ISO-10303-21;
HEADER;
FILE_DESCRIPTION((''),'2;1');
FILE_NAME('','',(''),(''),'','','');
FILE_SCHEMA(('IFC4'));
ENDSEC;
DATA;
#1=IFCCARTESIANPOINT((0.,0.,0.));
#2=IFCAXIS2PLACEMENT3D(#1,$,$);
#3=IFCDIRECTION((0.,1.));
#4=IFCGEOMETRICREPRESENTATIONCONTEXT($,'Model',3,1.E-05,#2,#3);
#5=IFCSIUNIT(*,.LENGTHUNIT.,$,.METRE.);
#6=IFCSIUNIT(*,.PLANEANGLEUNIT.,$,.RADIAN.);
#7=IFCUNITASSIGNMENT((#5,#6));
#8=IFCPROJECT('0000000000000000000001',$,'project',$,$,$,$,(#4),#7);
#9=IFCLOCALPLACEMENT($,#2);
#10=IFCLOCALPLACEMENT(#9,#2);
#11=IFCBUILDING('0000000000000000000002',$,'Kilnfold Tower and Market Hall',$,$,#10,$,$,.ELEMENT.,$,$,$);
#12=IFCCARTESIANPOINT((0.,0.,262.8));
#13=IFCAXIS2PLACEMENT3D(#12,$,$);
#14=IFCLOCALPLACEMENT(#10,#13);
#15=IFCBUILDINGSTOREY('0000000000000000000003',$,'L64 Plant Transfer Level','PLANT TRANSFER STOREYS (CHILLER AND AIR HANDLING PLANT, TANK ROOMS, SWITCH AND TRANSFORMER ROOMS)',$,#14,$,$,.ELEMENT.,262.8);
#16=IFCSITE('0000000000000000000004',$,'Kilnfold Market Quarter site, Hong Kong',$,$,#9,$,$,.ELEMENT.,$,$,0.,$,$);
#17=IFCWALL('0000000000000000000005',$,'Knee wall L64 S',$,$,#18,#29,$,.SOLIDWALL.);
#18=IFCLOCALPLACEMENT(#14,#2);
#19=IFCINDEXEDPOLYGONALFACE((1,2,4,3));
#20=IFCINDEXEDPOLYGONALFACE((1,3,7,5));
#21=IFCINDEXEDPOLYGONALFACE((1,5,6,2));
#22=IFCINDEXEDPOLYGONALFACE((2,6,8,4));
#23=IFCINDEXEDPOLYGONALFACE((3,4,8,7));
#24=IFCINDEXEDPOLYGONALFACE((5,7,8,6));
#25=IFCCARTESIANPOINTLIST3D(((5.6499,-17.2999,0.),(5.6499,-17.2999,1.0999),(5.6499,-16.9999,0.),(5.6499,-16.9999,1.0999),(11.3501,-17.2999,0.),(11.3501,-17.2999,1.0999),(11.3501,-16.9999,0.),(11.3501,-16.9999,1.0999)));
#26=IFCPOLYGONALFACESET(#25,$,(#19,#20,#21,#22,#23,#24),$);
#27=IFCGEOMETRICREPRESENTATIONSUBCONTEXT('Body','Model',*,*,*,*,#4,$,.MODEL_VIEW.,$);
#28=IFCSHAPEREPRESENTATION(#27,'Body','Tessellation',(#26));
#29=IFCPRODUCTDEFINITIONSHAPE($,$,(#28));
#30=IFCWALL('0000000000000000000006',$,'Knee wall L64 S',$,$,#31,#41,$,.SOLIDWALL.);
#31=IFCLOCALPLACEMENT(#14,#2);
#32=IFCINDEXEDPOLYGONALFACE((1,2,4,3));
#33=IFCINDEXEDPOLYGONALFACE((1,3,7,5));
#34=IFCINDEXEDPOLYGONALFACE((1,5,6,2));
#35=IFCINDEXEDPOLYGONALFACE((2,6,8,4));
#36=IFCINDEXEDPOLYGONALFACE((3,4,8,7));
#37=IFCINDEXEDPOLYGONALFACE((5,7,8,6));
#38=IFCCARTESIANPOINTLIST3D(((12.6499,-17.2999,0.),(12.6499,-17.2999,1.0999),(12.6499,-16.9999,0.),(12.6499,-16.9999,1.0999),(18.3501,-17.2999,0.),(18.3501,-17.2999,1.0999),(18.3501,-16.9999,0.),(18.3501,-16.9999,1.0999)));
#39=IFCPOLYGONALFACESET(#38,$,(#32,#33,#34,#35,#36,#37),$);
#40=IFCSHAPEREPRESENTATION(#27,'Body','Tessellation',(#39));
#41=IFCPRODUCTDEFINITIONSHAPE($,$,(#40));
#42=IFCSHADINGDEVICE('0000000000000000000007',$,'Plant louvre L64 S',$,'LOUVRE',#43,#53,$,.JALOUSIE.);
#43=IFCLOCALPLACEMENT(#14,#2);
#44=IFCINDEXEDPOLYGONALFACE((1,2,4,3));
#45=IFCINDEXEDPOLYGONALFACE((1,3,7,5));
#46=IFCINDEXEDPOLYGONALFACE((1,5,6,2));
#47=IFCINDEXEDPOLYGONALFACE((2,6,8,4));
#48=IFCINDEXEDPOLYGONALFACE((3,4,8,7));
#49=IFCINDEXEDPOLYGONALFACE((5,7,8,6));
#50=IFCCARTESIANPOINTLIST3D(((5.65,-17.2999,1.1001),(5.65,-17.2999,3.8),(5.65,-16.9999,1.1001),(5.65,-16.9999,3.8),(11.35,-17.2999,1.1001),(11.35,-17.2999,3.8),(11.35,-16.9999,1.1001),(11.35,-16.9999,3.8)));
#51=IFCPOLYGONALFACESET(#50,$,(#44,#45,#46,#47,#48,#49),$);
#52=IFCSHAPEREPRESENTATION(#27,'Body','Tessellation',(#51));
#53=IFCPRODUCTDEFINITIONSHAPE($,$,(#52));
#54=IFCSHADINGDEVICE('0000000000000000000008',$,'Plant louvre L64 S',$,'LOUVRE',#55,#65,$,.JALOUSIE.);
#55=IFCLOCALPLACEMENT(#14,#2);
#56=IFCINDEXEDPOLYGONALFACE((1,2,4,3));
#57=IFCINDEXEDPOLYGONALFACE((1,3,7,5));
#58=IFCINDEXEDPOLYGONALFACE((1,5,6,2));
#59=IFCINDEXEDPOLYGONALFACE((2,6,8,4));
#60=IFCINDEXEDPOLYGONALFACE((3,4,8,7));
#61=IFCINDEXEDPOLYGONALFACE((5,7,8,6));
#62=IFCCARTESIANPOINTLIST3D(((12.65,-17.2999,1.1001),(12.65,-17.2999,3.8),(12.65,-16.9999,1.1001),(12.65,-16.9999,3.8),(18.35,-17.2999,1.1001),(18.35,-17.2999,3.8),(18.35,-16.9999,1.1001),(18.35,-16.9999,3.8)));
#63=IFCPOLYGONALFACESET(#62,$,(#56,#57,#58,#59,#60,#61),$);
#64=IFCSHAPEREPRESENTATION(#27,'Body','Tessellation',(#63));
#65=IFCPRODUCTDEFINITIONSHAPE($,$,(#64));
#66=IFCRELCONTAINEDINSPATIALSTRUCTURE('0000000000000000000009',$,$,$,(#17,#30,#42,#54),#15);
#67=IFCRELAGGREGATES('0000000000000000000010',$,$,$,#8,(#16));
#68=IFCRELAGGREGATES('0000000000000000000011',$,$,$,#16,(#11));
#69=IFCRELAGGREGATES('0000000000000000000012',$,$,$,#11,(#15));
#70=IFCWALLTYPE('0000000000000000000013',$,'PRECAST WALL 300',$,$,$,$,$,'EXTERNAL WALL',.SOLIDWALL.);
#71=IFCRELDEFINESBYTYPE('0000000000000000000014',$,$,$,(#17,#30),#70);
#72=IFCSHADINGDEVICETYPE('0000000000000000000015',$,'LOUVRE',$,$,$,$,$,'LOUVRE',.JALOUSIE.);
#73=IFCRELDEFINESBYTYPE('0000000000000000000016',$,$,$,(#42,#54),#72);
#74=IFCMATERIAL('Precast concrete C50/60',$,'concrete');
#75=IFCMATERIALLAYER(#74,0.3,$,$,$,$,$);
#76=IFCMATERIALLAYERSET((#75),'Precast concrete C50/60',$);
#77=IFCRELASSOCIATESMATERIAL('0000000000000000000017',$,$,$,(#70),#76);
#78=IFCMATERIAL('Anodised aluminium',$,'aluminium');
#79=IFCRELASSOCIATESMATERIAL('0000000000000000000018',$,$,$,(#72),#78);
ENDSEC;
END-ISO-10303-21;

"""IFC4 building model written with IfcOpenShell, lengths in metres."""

from ifc_helpers import new_model, si_unit, direction, frame, frame_2d, origin, origin_2d, place, context, subcontext, project, spatial, rectangle, extrude, source, transform, mapped, material, layer, layer_set, type_object, element, save


model = new_model("IFC4")

# Units and contexts
model_context = context("Model", 3, precision=1e-05, world=origin(), true_north=direction((0.0, 1.0)))
body_context = subcontext(model_context, "Body", "Model", "MODEL_VIEW")
ifc_project = project(units=[si_unit("LENGTHUNIT", "METRE"), si_unit("PLANEANGLEUNIT", "RADIAN")], contexts=[model_context])

# Site, building, storey
site_placement = place(None, origin())
site = spatial("IfcSite", under=ifc_project, at=site_placement, Name="Kilnfold Market Quarter site, Hong Kong", CompositionType="ELEMENT", RefElevation=0.0)
building_placement = place(site_placement, origin())
building = spatial("IfcBuilding", under=site, at=building_placement, Name="Kilnfold Tower and Market Hall", CompositionType="ELEMENT")
storey_placement = place(building_placement, frame((0.0, 0.0, 262.8)))
storey = spatial("IfcBuildingStorey", under=building, at=storey_placement, Name="L64 Plant Transfer Level", Description="PLANT TRANSFER STOREYS (CHILLER AND AIR HANDLING PLANT, TANK ROOMS, SWITCH AND TRANSFORMER ROOMS)", CompositionType="ELEMENT", Elevation=262.8)

# Walls
ifc_material_1 = material(Name="Precast concrete C50/60", Category="concrete")
ifc_layer_1 = layer(ifc_material_1, 0.3)
ifc_layer_set_1 = layer_set([ifc_layer_1], Name="Precast concrete C50/60")
wall_type_1 = type_object("IfcWallType", Name="PRECAST WALL 300", ElementType="EXTERNAL WALL", PredefinedType="SOLIDWALL", material=ifc_layer_set_1)
shared_shape_1 = source(origin(), body_context, "Body", "SweptSolid", [
    extrude(rectangle(XDim=5.7002, YDim=0.3, at=frame_2d((2.8501, 0.0))), origin(), (0.0, 0.0, 1.0), 1.0999),
])
for number, where, z_axis, x_axis, name in (
    (1, (5.6499, -17.1499, 0.0), (0.0, 0.0, 1.0), (1.0, 0.0, 0.0), "Knee wall L64 S"),
    (2, (12.6499, -17.1499, 0.0), (0.0, 0.0, 1.0), (1.0, 0.0, 0.0), "Knee wall L64 S"),
):
    element("IfcWall", number, at=place(storey_placement, frame(where, z_axis=z_axis, x_axis=x_axis)), inside=storey, type_object=wall_type_1, Name=name, PredefinedType="SOLIDWALL", context=body_context, shape_type="MappedRepresentation", body=[
        mapped(shared_shape_1, transform((0.0, 0.0, 0.0))),
    ])

# Shading devices
ifc_material_2 = material(Name="Anodised aluminium", Category="aluminium")
shading_device_type = type_object("IfcShadingDeviceType", Name="LOUVRE", ElementType="LOUVRE", PredefinedType="JALOUSIE", material=ifc_material_2)
shared_shape_2 = source(origin(), body_context, "Body", "SweptSolid", [
    extrude(rectangle(XDim=5.7, YDim=0.3, at=origin_2d()), origin(), (0.0, 0.0, 1.0), 2.7),
])
for number, where, z_axis, x_axis, name in (
    (3, (8.5, -17.1499, 1.1001), (0.0, 0.0, 1.0), (1.0, 0.0, 0.0), "Plant louvre L64 S"),
    (4, (15.5, -17.1499, 1.1001), (0.0, 0.0, 1.0), (1.0, 0.0, 0.0), "Plant louvre L64 S"),
):
    element("IfcShadingDevice", number, at=place(storey_placement, frame(where, z_axis=z_axis, x_axis=x_axis)), inside=storey, type_object=shading_device_type, Name=name, ObjectType="LOUVRE", PredefinedType="JALOUSIE", context=body_context, shape_type="MappedRepresentation", body=[
        mapped(shared_shape_2, transform((0.0, 0.0, 0.0))),
    ])

save(model, "model.ifc")
